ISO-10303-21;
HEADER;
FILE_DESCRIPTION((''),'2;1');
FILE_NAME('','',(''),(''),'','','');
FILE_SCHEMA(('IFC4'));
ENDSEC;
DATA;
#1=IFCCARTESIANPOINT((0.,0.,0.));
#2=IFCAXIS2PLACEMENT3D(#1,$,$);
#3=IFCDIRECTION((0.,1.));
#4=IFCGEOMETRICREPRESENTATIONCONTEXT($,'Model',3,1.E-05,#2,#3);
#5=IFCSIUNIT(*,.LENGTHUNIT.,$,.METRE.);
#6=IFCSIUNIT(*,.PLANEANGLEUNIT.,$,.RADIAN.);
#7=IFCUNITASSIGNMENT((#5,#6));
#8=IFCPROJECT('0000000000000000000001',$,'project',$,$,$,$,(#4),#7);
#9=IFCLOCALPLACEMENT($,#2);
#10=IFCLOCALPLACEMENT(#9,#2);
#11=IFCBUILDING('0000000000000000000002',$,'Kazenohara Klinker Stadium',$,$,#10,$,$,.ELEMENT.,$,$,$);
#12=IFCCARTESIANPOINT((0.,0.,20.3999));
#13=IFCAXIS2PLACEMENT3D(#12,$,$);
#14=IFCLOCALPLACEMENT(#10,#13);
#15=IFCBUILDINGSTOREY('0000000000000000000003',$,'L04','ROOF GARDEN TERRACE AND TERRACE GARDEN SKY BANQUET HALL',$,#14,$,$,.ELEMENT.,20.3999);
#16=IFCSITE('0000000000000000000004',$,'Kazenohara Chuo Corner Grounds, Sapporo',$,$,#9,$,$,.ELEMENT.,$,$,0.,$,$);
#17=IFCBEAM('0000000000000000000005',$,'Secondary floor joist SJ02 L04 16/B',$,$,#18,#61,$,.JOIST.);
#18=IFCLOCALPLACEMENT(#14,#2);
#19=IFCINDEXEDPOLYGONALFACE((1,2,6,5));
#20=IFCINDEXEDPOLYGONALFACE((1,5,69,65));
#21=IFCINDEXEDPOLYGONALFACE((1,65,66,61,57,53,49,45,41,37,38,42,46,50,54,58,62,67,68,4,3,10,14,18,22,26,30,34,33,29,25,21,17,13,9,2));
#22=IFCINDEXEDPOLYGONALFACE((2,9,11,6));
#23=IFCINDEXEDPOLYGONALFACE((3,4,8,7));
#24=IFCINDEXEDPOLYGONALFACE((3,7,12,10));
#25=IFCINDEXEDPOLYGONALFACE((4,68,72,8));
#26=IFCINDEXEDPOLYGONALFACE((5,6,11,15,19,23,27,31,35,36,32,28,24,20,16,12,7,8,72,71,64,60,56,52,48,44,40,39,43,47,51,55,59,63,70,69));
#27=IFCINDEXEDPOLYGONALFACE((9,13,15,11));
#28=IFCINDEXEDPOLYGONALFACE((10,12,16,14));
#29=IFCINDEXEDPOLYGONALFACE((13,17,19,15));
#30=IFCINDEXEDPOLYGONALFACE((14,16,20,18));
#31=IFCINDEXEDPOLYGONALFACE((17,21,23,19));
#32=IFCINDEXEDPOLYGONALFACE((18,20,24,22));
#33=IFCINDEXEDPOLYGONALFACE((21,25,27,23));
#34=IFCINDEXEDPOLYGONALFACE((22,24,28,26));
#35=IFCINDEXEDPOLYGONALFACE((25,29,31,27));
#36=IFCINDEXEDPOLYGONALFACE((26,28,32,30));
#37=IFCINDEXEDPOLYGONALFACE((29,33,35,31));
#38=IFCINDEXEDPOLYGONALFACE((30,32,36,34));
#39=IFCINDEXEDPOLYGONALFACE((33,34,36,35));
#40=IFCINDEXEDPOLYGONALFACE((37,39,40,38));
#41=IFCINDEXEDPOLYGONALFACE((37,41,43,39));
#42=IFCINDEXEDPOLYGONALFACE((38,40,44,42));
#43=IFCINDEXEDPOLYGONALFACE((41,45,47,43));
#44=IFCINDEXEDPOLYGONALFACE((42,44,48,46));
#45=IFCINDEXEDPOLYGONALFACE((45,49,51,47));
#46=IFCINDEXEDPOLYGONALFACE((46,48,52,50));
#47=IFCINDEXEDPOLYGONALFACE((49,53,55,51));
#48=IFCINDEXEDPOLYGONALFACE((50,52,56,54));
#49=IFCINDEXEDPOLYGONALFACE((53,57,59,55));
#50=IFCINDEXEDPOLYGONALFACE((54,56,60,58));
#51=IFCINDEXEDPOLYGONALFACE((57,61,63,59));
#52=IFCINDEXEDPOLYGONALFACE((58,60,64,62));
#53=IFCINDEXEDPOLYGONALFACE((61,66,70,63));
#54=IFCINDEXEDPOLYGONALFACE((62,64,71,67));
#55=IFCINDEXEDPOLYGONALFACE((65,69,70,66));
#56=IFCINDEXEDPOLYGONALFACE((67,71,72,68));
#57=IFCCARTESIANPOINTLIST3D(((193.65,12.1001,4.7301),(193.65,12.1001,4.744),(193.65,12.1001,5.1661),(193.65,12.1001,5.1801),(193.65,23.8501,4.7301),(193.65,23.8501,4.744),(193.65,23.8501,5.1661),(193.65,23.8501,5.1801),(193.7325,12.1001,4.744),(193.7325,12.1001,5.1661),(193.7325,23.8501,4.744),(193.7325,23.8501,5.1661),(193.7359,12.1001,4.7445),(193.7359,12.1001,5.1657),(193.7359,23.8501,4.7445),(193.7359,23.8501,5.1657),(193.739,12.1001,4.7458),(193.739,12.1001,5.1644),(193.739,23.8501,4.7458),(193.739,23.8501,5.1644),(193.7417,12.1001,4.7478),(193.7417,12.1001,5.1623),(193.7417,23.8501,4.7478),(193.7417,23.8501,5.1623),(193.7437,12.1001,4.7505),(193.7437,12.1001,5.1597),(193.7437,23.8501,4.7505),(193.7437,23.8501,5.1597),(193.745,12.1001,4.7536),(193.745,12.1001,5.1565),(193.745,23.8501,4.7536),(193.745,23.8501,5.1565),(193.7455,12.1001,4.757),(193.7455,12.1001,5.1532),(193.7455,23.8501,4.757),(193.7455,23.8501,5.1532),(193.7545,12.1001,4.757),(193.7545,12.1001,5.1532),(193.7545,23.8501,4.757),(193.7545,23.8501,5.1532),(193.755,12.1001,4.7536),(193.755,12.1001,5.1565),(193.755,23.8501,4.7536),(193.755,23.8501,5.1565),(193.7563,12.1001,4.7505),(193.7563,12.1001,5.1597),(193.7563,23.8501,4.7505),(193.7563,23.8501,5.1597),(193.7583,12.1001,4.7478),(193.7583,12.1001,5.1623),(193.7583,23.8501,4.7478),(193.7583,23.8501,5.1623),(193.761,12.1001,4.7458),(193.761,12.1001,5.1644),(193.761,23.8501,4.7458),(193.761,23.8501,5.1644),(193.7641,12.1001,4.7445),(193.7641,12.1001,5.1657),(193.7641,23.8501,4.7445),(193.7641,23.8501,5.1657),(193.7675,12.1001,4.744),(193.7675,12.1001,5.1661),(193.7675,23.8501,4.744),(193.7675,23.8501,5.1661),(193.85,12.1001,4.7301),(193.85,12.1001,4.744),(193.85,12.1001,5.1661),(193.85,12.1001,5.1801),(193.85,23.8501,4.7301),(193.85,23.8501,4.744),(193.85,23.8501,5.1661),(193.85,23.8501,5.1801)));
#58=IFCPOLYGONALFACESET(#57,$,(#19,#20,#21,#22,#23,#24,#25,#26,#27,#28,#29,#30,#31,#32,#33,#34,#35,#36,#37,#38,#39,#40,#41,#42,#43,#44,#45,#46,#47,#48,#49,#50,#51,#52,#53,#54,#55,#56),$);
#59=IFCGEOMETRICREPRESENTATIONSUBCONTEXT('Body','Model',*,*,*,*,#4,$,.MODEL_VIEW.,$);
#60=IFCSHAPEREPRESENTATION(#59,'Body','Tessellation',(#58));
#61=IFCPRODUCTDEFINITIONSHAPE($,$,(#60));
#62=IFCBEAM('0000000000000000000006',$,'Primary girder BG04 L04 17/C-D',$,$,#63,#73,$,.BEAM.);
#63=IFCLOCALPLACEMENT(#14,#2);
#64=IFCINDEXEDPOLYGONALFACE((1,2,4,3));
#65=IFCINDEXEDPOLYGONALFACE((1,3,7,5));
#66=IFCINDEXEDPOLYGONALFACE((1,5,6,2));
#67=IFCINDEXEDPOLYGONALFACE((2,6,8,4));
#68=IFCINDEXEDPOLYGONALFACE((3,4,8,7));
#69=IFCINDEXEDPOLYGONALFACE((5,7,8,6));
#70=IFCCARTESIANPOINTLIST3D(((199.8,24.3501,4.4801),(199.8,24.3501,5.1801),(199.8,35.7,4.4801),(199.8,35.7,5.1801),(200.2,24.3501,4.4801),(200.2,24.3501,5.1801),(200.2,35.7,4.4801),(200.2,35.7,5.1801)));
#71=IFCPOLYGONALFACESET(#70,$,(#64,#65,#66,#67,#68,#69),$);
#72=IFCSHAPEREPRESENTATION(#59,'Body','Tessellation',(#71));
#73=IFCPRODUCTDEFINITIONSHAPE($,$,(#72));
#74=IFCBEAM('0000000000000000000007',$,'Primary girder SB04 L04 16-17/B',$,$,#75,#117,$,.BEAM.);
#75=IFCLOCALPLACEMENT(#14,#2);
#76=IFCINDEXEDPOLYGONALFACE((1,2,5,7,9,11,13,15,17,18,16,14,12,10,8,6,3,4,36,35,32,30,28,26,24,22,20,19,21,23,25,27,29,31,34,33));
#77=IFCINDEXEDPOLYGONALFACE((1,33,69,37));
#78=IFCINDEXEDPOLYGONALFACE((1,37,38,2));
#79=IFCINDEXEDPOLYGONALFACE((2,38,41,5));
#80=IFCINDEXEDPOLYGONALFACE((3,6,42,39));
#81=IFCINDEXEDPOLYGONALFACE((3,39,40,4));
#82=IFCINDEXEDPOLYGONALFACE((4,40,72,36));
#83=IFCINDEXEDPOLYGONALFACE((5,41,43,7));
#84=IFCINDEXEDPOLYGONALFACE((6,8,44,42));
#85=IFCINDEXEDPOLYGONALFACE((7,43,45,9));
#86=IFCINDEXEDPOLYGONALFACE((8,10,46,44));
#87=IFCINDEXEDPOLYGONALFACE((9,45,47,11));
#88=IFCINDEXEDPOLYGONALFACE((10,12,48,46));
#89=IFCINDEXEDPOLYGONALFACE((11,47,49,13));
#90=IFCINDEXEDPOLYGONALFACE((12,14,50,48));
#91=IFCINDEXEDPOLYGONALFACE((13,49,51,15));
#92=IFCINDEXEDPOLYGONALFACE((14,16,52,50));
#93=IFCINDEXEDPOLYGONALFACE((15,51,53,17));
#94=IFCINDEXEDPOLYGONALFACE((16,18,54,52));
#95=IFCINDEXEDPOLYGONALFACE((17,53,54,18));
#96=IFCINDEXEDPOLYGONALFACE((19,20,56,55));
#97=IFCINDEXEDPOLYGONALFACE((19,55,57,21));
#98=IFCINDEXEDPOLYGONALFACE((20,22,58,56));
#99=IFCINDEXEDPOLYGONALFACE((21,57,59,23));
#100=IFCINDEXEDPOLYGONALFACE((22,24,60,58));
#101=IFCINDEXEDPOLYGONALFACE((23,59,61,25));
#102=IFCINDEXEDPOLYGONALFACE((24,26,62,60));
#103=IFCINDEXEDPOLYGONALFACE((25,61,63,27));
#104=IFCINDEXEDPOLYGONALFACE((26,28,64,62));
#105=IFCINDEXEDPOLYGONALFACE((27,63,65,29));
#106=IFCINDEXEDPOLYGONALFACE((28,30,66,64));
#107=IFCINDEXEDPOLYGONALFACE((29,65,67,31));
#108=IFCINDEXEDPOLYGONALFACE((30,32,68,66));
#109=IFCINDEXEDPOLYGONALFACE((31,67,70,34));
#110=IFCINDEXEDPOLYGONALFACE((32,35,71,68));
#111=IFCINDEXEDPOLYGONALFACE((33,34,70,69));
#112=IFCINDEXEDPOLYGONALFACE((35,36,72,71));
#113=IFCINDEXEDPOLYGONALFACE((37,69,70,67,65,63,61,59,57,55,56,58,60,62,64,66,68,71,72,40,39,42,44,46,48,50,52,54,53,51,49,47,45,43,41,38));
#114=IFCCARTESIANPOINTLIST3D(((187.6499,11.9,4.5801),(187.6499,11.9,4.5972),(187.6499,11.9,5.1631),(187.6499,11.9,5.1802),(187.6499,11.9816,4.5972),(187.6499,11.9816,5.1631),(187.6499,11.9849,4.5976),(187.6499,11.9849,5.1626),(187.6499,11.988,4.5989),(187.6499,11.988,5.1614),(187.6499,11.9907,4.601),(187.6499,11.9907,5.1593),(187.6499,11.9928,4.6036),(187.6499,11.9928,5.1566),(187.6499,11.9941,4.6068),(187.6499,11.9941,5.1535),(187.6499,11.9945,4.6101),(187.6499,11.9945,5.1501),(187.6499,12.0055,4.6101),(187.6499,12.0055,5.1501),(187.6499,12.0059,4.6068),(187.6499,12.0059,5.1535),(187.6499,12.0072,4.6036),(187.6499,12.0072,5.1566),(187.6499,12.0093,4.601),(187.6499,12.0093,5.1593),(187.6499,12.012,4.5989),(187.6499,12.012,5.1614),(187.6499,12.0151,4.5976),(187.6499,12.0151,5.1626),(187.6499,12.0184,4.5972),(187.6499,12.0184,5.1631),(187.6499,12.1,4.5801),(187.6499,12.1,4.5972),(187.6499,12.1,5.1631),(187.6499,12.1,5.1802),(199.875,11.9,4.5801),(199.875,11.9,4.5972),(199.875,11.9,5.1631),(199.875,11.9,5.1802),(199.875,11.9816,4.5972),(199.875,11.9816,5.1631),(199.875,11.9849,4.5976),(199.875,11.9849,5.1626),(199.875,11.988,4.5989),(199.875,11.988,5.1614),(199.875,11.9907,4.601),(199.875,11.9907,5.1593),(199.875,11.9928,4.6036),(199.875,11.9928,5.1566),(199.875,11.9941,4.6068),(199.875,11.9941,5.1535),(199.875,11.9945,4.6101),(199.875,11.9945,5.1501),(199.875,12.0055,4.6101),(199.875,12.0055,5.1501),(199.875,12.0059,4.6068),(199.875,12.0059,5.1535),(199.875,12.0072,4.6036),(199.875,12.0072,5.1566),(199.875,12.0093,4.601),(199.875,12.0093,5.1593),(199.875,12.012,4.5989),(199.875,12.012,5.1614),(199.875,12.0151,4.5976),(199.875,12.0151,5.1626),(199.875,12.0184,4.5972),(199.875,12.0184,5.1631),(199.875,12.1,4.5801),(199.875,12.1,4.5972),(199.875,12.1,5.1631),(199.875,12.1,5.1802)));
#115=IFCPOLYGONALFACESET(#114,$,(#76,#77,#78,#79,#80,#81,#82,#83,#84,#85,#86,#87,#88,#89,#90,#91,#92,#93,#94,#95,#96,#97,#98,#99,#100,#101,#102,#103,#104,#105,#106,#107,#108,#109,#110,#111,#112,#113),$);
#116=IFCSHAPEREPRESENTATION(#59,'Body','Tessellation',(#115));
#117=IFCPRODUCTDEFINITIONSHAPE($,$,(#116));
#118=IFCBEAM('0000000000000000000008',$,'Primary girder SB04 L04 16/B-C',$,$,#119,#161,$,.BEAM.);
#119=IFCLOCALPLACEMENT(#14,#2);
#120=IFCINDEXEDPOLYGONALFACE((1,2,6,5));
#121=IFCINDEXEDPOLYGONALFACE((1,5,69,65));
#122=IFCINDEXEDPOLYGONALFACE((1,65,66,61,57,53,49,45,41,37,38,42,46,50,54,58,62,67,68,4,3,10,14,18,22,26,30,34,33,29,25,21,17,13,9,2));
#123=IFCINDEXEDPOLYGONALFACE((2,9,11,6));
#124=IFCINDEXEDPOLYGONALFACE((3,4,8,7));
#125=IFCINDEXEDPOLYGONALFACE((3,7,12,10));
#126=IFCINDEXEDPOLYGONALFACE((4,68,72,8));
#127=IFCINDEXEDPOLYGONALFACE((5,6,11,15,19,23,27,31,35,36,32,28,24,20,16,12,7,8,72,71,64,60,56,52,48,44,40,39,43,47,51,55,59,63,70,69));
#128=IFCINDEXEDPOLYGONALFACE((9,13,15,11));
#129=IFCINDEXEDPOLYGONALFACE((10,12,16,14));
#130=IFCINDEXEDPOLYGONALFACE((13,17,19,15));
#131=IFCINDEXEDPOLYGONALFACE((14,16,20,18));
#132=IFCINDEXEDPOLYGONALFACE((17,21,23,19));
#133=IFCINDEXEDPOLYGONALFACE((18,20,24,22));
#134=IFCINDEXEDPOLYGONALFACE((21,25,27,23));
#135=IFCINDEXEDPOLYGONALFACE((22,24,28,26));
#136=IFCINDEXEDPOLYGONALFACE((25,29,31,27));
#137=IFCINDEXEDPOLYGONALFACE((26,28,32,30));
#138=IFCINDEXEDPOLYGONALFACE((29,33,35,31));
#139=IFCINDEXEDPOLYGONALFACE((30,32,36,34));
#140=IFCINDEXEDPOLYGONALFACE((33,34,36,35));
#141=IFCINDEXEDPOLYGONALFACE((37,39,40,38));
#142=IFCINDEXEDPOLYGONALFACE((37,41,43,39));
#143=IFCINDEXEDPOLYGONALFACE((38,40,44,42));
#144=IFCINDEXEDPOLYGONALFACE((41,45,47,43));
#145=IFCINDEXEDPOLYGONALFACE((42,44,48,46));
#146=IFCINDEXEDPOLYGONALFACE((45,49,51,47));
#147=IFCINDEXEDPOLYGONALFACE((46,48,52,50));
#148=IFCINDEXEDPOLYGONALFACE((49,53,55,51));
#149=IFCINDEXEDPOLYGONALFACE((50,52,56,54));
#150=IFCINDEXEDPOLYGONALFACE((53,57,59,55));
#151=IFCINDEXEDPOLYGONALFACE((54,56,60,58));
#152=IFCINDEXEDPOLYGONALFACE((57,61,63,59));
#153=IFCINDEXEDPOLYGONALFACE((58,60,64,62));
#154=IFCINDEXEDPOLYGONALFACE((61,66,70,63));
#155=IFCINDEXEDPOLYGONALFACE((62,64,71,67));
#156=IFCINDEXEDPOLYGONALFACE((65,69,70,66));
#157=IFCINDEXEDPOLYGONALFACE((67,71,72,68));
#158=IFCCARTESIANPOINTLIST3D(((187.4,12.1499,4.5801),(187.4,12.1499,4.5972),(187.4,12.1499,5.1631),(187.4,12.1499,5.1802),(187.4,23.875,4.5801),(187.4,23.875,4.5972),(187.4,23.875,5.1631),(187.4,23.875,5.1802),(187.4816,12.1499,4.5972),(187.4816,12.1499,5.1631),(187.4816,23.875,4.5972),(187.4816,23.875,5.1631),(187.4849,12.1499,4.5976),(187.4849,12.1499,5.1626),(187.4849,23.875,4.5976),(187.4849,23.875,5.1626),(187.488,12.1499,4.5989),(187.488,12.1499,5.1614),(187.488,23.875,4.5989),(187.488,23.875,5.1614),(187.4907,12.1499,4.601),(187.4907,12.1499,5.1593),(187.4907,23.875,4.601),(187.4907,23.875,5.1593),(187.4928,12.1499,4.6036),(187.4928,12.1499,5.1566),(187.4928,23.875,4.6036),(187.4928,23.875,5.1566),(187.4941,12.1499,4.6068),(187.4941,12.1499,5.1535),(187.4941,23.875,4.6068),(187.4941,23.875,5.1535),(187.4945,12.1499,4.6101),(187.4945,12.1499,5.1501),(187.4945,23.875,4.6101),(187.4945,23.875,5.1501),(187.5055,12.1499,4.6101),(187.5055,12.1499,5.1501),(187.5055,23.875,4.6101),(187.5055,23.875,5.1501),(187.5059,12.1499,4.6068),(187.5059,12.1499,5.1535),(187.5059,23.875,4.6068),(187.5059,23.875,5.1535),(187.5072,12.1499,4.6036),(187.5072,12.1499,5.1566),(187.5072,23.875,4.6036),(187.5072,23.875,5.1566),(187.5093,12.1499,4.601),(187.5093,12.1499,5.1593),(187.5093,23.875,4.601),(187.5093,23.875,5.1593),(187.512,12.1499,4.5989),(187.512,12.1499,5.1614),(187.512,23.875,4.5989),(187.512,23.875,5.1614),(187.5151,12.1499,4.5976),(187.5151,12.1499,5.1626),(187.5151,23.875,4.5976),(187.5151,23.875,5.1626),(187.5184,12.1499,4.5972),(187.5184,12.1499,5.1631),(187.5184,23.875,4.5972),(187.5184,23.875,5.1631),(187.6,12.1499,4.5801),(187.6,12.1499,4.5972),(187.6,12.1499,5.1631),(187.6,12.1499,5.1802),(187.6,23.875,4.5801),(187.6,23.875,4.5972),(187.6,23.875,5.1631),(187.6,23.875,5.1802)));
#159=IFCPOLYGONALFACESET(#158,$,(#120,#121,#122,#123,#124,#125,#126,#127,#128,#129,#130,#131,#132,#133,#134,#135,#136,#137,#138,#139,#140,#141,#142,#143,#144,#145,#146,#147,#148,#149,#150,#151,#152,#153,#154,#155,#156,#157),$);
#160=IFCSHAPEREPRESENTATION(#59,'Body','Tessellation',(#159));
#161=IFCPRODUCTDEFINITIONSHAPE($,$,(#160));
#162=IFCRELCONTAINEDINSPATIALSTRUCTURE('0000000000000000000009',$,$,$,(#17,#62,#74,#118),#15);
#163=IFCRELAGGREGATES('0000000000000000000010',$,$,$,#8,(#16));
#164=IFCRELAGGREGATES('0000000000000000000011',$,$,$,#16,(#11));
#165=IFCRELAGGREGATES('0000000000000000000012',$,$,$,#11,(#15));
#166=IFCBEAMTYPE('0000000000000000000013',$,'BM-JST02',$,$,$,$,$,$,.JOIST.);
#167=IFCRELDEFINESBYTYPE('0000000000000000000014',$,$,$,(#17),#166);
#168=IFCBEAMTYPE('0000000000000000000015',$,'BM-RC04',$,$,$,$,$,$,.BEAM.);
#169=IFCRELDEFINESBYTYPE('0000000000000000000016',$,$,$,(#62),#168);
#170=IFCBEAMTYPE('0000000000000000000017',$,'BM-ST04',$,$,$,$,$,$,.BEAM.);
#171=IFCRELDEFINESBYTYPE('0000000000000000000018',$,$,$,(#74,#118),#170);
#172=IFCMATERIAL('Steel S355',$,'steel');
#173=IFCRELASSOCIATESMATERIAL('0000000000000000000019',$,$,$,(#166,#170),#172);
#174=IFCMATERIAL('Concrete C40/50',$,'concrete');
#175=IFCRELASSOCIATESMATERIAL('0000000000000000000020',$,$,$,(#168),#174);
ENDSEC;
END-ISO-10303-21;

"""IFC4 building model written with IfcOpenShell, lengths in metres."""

from ifc_helpers import new_model, si_unit, direction, frame, origin, origin_2d, place, context, subcontext, project, spatial, rectangle, i_section, extrude, material, material_profile, profile_set, type_object, element, save


model = new_model("IFC4")

# Units and contexts
model_context = context("Model", 3, precision=1e-05, world=origin(), true_north=direction((0.0, 1.0)))
body_context = subcontext(model_context, "Body", "Model", "MODEL_VIEW")
ifc_project = project(units=[si_unit("LENGTHUNIT", "METRE"), si_unit("PLANEANGLEUNIT", "RADIAN")], contexts=[model_context])

# Site, building, storey
site_placement = place(None, origin())
site = spatial("IfcSite", under=ifc_project, at=site_placement, Name="Kazenohara Chuo Corner Grounds, Sapporo", CompositionType="ELEMENT", RefElevation=0.0)
building_placement = place(site_placement, origin())
building = spatial("IfcBuilding", under=site, at=building_placement, Name="Kazenohara Klinker Stadium", CompositionType="ELEMENT")
storey_placement = place(building_placement, frame((0.0, 0.0, 20.3999)))
storey = spatial("IfcBuildingStorey", under=building, at=storey_placement, Name="L04", Description="ROOF GARDEN TERRACE AND TERRACE GARDEN SKY BANQUET HALL", CompositionType="ELEMENT", Elevation=20.3999)

# Shared definitions
ifc_material_1 = material(Name="Concrete C40/50", Category="concrete")
ifc_material_2 = material(Name="Steel S355", Category="steel")

# Beams
ifc_material_profile_1 = material_profile(ifc_material_2, i_section(OverallWidth=0.2, OverallDepth=0.45, WebThickness=0.009, FlangeThickness=0.0139, FilletRadius=0.0129, at=origin_2d()), Name="H-450x200x9x14")
ifc_profile_set_1 = profile_set([ifc_material_profile_1], Name="Steel S355")
beam_type_1 = type_object("IfcBeamType", Name="BM-JST02", PredefinedType="JOIST", material=ifc_profile_set_1)
beam_1_placement = place(storey_placement, frame((193.75, 12.1001, 4.9551), z_axis=(0.0, 1.0, 0.0), x_axis=(-1.0, 0.0, 0.0)))
element("IfcBeam", 1, at=beam_1_placement, inside=storey, type_object=beam_type_1, Name="Secondary floor joist SJ02 L04 16/B", PredefinedType="JOIST", context=body_context, shape_type="SweptSolid", body=[
    extrude(i_section(OverallWidth=0.2, OverallDepth=0.45, WebThickness=0.009, FlangeThickness=0.0139, FilletRadius=0.0129, at=origin_2d()), origin(), (0.0, 0.0, 1.0), 11.75),
])
ifc_material_profile_2 = material_profile(ifc_material_1, rectangle(XDim=0.3999, YDim=0.7, at=origin_2d()), Name="RC-BM-400x700")
ifc_profile_set_2 = profile_set([ifc_material_profile_2], Name="Concrete C40/50")
beam_type_2 = type_object("IfcBeamType", Name="BM-RC04", PredefinedType="BEAM", material=ifc_profile_set_2)
beam_2_placement = place(storey_placement, frame((200.0, 24.3501, 4.8301), z_axis=(0.0, 1.0, 0.0), x_axis=(-1.0, 0.0, 0.0)))
element("IfcBeam", 2, at=beam_2_placement, inside=storey, type_object=beam_type_2, Name="Primary girder BG04 L04 17/C-D", PredefinedType="BEAM", context=body_context, shape_type="SweptSolid", body=[
    extrude(rectangle(XDim=0.3999, YDim=0.7, at=origin_2d()), origin(), (0.0, 0.0, 1.0), 11.3499),
])
ifc_material_profile_3 = material_profile(ifc_material_2, i_section(OverallWidth=0.2, OverallDepth=0.6001, WebThickness=0.011, FlangeThickness=0.0171, FilletRadius=0.0129, at=origin_2d()), Name="H-600x200x11x17")
ifc_profile_set_3 = profile_set([ifc_material_profile_3], Name="Steel S355")
beam_type_3 = type_object("IfcBeamType", Name="BM-ST04", PredefinedType="BEAM", material=ifc_profile_set_3)
beam_3_placement = place(storey_placement, frame((187.6499, 12.0, 4.8801), z_axis=(1.0, 0.0, 0.0), x_axis=(0.0, 1.0, 0.0)))
element("IfcBeam", 3, at=beam_3_placement, inside=storey, type_object=beam_type_3, Name="Primary girder SB04 L04 16-17/B", PredefinedType="BEAM", context=body_context, shape_type="SweptSolid", body=[
    extrude(i_section(OverallWidth=0.2, OverallDepth=0.6001, WebThickness=0.011, FlangeThickness=0.0171, FilletRadius=0.0129, at=origin_2d()), origin(), (0.0, 0.0, 1.0), 12.2251),
])
beam_4_placement = place(storey_placement, frame((187.5, 12.1499, 4.8801), z_axis=(0.0, 1.0, 0.0), x_axis=(-1.0, 0.0, 0.0)))
element("IfcBeam", 4, at=beam_4_placement, inside=storey, type_object=beam_type_3, Name="Primary girder SB04 L04 16/B-C", PredefinedType="BEAM", context=body_context, shape_type="SweptSolid", body=[
    extrude(i_section(OverallWidth=0.2, OverallDepth=0.6001, WebThickness=0.011, FlangeThickness=0.0171, FilletRadius=0.0129, at=origin_2d()), origin(), (0.0, 0.0, 1.0), 11.7251),
])

save(model, "model.ifc")
